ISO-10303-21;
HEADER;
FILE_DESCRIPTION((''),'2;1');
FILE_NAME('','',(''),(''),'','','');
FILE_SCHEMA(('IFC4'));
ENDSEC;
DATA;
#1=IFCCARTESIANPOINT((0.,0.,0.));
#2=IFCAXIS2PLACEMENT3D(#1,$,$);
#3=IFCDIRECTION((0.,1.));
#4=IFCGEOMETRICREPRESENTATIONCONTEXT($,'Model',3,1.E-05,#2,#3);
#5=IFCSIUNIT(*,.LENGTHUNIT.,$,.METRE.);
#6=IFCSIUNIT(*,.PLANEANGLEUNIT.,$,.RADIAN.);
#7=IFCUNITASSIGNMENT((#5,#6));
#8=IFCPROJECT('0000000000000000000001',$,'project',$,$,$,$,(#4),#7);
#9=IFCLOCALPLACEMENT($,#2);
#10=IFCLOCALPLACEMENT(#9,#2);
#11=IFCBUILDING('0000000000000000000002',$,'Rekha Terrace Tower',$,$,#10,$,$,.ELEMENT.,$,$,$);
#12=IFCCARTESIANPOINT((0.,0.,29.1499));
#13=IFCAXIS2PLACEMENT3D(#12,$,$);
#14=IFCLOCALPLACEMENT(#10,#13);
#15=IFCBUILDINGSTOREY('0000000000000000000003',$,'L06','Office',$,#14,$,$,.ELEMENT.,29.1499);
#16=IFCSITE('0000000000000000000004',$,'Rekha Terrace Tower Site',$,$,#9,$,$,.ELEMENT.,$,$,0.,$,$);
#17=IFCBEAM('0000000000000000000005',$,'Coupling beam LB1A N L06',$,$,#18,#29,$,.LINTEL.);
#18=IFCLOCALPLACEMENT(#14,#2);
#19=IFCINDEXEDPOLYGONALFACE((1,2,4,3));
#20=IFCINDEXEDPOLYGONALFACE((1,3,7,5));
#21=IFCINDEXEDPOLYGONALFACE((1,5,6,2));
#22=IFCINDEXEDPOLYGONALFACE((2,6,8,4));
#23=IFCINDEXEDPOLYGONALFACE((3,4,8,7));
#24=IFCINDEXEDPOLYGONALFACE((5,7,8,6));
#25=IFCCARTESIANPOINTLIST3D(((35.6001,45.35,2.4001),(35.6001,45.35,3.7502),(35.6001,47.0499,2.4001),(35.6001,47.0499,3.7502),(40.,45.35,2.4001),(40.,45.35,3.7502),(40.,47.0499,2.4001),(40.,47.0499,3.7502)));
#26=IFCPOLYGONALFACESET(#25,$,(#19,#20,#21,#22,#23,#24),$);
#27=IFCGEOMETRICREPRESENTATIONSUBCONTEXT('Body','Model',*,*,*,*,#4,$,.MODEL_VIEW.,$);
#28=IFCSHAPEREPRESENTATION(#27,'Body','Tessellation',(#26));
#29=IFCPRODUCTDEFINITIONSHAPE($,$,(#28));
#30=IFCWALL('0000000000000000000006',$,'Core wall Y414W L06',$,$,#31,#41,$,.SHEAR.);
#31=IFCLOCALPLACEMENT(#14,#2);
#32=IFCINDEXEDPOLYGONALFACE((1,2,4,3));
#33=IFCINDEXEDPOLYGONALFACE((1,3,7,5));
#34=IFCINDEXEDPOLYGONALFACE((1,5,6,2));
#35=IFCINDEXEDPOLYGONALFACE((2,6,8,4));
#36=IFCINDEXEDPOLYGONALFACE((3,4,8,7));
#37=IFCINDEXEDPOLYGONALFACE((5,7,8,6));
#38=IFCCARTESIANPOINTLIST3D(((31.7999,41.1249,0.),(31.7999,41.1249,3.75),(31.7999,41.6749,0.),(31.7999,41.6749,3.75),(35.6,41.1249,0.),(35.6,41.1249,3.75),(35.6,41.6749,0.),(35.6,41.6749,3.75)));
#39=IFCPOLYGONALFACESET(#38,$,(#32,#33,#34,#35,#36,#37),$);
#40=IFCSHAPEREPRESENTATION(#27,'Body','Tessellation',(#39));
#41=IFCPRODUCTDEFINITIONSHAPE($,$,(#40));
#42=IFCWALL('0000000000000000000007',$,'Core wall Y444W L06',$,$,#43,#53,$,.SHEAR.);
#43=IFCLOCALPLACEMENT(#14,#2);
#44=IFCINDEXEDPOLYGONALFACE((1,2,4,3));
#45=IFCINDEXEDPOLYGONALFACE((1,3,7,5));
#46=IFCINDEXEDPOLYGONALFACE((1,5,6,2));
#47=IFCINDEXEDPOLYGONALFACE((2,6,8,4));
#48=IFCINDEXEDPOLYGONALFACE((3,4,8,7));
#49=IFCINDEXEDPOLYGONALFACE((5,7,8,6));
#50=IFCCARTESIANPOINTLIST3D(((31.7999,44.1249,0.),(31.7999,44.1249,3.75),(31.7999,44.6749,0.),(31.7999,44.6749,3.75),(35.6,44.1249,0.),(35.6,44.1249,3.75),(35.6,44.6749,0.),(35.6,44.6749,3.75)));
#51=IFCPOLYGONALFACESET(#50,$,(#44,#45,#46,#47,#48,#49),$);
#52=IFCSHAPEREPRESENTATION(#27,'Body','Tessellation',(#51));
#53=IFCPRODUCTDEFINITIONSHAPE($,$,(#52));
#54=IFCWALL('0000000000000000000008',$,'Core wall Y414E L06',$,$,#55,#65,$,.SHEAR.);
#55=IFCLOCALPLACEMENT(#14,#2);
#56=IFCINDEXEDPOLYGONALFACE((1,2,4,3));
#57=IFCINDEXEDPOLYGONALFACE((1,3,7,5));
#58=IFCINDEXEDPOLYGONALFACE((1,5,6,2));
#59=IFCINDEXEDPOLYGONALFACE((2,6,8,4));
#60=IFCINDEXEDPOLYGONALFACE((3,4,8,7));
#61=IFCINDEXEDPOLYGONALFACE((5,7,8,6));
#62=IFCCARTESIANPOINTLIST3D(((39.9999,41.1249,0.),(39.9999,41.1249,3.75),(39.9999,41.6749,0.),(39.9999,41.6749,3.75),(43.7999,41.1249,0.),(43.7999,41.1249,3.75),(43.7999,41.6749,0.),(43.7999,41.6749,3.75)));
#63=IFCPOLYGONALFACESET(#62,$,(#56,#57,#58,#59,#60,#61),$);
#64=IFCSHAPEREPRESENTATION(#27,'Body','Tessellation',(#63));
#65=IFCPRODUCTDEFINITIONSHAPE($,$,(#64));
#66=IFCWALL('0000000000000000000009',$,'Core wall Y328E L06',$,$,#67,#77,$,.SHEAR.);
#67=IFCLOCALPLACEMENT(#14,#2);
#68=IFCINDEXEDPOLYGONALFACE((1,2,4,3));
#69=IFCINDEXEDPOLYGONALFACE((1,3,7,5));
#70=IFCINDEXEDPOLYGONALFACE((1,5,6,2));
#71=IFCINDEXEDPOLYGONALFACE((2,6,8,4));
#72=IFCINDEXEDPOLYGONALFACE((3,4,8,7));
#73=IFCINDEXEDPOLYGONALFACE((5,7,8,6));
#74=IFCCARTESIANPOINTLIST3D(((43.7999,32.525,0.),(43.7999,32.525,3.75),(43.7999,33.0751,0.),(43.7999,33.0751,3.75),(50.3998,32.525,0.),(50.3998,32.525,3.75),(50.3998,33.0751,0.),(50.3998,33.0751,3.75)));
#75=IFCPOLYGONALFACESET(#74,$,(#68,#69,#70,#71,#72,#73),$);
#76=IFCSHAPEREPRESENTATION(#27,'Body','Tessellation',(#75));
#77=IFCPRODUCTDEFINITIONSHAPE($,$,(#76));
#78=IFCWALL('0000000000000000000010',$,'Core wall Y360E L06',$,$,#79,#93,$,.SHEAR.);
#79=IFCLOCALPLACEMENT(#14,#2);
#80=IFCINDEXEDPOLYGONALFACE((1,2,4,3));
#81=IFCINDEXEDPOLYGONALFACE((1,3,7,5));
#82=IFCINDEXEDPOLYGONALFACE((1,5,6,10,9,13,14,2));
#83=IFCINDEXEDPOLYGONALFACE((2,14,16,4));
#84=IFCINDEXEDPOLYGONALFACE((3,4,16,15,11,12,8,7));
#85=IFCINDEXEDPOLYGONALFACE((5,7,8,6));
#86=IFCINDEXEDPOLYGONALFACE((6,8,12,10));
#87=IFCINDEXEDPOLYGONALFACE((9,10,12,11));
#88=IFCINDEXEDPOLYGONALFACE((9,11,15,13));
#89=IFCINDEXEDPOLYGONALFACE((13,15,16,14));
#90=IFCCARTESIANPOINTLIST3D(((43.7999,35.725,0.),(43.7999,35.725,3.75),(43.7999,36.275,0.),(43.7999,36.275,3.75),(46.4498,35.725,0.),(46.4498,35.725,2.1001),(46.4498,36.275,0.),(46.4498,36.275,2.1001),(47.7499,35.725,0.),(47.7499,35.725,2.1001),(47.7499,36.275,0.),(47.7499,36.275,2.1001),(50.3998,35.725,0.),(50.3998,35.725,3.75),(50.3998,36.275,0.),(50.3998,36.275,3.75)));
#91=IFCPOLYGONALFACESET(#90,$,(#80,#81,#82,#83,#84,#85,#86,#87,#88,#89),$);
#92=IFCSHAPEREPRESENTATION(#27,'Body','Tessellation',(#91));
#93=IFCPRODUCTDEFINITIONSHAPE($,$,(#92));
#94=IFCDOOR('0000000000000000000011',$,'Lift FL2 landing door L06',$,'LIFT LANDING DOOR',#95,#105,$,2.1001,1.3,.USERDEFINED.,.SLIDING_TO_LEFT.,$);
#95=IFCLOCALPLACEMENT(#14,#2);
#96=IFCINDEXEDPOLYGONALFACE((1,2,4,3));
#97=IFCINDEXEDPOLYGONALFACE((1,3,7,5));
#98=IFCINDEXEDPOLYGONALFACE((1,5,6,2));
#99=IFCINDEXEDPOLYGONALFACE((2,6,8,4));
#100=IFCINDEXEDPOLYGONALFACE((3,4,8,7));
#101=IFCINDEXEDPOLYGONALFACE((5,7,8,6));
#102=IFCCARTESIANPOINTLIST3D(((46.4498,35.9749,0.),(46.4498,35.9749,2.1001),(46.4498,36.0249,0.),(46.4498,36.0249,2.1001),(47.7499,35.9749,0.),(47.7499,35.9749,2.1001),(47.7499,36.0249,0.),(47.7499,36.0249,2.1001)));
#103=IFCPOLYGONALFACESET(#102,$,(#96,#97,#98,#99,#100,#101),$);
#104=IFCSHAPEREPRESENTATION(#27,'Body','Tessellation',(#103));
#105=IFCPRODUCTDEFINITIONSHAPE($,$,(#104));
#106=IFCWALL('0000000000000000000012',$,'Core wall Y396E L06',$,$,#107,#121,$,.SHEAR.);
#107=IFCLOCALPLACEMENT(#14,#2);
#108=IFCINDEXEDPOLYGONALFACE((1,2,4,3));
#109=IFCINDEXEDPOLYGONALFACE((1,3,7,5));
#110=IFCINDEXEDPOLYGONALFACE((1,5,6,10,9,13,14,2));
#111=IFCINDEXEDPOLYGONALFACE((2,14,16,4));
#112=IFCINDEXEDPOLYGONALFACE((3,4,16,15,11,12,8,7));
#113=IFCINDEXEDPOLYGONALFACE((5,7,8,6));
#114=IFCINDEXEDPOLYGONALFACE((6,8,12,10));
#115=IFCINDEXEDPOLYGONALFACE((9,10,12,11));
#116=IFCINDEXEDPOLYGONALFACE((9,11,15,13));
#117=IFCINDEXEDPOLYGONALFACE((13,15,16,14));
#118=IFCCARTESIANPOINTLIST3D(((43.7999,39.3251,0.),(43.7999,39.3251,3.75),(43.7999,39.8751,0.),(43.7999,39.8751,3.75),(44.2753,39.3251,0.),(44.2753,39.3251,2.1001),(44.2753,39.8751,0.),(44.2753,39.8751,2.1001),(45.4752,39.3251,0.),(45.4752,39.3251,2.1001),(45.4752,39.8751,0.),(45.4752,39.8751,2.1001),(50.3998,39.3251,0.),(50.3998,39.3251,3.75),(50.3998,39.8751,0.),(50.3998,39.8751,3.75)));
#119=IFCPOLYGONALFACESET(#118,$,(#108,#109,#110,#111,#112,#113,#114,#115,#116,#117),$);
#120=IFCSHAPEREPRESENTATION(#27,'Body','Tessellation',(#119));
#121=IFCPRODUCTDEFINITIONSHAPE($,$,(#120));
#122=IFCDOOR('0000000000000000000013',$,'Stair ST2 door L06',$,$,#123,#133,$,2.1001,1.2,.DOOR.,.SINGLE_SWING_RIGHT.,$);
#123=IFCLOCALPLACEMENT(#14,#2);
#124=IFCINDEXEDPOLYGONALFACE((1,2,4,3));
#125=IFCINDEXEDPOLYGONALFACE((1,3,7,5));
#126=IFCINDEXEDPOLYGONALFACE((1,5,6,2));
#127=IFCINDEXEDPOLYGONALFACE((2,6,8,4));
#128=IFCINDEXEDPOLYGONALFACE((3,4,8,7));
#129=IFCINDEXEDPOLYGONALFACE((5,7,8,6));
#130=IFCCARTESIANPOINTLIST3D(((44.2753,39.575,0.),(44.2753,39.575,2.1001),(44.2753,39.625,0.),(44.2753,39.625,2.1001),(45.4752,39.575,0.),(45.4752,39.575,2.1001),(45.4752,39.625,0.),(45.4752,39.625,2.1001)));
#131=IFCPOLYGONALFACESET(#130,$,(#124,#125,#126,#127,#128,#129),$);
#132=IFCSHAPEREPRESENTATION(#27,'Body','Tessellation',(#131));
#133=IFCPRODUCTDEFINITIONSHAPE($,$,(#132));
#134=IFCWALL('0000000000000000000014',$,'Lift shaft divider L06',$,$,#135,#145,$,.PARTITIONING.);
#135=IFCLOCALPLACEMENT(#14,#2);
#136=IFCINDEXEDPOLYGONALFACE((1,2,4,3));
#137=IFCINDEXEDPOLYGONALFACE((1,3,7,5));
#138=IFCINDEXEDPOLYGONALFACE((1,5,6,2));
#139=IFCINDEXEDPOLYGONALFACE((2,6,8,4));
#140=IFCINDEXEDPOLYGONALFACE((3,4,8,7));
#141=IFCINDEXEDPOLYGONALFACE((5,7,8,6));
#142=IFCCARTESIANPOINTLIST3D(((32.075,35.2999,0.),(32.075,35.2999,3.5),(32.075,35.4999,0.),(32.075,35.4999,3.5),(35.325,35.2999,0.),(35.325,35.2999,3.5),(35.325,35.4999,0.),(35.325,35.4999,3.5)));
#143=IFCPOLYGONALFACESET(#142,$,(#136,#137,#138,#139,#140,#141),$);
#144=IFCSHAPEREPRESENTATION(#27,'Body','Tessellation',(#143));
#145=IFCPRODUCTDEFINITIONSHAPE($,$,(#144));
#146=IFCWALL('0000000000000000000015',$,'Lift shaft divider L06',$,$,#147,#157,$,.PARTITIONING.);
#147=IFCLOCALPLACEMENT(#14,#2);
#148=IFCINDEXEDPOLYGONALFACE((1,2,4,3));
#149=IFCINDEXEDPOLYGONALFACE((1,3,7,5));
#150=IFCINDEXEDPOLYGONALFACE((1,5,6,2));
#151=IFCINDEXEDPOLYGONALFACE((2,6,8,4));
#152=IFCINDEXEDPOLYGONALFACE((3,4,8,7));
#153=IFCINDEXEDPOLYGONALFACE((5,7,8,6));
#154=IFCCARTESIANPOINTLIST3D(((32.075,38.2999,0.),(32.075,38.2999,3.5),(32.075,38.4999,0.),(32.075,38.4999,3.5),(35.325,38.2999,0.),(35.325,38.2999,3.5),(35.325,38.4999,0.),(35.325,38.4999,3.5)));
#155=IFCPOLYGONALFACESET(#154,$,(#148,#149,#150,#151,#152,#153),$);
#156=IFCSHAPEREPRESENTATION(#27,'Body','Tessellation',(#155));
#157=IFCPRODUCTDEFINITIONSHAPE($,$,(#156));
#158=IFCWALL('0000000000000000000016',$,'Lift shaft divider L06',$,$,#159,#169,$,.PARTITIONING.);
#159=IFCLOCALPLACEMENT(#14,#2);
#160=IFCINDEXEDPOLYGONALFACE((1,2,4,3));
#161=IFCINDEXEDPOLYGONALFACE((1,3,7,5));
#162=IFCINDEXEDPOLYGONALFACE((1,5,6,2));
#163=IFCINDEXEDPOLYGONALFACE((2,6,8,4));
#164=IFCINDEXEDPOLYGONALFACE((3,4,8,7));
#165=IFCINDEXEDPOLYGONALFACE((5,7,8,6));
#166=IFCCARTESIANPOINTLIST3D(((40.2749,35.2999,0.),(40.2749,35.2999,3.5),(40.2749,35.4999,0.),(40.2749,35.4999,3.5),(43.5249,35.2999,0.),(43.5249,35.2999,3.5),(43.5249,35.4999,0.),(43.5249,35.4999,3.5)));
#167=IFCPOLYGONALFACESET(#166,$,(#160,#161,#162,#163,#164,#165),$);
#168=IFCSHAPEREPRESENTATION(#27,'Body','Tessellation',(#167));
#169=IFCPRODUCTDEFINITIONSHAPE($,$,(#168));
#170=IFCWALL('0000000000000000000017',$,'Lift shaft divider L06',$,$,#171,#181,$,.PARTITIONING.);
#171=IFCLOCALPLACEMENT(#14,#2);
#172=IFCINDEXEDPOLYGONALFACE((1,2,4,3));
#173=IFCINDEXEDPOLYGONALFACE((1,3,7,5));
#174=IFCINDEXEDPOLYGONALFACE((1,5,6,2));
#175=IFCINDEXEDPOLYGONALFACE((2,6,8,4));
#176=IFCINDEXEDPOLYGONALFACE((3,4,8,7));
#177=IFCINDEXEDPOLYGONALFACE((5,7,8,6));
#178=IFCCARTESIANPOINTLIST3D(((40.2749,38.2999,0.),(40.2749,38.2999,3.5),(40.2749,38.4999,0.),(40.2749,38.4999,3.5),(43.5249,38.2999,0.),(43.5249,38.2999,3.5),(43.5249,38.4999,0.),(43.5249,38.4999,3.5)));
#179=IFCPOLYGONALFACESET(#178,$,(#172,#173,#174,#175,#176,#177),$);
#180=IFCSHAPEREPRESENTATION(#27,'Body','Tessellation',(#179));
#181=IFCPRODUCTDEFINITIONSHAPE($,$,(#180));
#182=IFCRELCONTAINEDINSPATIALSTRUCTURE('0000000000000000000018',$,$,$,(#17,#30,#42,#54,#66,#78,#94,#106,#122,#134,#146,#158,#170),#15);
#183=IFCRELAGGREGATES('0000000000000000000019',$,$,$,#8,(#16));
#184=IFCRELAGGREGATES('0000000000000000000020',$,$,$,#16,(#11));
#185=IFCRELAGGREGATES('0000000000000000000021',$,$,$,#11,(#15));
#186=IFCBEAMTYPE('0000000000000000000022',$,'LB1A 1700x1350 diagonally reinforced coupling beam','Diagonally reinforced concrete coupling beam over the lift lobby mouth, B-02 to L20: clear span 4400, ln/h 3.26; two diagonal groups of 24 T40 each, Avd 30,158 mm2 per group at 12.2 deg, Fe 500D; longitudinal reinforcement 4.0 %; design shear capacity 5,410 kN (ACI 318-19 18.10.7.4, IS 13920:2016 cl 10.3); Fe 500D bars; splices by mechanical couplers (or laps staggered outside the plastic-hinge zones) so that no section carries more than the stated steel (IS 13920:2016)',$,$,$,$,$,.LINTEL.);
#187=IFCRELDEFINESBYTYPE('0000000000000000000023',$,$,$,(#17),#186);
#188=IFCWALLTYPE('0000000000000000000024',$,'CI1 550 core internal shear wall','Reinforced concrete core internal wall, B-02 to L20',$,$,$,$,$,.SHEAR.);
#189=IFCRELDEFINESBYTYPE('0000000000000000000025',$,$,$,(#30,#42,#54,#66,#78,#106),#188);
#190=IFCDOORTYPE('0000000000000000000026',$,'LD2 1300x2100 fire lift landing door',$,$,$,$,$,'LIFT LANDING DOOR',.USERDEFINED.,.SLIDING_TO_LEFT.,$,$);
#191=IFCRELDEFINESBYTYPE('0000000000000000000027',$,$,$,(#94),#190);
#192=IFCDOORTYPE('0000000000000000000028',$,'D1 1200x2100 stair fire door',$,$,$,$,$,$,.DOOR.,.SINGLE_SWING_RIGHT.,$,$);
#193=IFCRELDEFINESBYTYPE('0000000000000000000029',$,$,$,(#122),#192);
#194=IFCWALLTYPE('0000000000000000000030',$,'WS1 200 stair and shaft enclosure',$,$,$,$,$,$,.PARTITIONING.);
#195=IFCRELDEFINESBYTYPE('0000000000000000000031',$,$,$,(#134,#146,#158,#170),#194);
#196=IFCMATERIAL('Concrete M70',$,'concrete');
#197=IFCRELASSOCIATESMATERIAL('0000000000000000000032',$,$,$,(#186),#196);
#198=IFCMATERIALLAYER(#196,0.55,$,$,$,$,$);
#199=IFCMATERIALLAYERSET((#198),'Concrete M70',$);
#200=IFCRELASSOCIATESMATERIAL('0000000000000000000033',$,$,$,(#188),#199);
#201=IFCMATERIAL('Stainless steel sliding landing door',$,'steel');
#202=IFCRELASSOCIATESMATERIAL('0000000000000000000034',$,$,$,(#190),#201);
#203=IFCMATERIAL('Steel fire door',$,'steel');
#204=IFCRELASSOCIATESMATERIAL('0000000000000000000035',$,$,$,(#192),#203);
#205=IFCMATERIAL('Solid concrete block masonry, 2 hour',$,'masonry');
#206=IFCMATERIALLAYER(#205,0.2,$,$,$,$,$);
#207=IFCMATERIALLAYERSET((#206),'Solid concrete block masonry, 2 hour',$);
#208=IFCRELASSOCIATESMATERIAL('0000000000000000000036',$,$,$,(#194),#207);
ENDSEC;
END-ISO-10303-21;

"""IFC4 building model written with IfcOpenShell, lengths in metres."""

from ifc_helpers import new_model, si_unit, direction, frame, frame_2d, origin, origin_2d, place, context, subcontext, project, spatial, rectangle, extrude, material, layer, layer_set, material_profile, profile_set, type_object, element, fill, save


model = new_model("IFC4")

# Units and contexts
model_context = context("Model", 3, precision=1e-05, world=origin(), true_north=direction((0.0, 1.0)))
body_context = subcontext(model_context, "Body", "Model", "MODEL_VIEW")
ifc_project = project(units=[si_unit("LENGTHUNIT", "METRE"), si_unit("PLANEANGLEUNIT", "RADIAN")], contexts=[model_context])

# Site, building, storey
site_placement = place(None, origin())
site = spatial("IfcSite", under=ifc_project, at=site_placement, Name="Rekha Terrace Tower Site", CompositionType="ELEMENT", RefElevation=0.0)
building_placement = place(site_placement, origin())
building = spatial("IfcBuilding", under=site, at=building_placement, Name="Rekha Terrace Tower", CompositionType="ELEMENT")
storey_placement = place(building_placement, frame((0.0, 0.0, 29.1499)))
storey = spatial("IfcBuildingStorey", under=building, at=storey_placement, Name="L06", Description="Office", CompositionType="ELEMENT", Elevation=29.1499)

# Beam
ifc_material_1 = material(Name="Concrete M70", Category="concrete")
ifc_material_profile = material_profile(ifc_material_1, rectangle(XDim=1.7, YDim=1.3501, at=origin_2d()), Name="RC 1700x1350")
ifc_profile_set = profile_set([ifc_material_profile], Name="Concrete M70")
beam_type = type_object("IfcBeamType", Name="LB1A 1700x1350 diagonally reinforced coupling beam", Description="Diagonally reinforced concrete coupling beam over the lift lobby mouth, B-02 to L20: clear span 4400, ln/h 3.26; two diagonal groups of 24 T40 each, Avd 30,158 mm2 per group at 12.2 deg, Fe 500D; longitudinal reinforcement 4.0 %; design shear capacity 5,410 kN (ACI 318-19 18.10.7.4, IS 13920:2016 cl 10.3); Fe 500D bars; splices by mechanical couplers (or laps staggered outside the plastic-hinge zones) so that no section carries more than the stated steel (IS 13920:2016)", PredefinedType="LINTEL", material=ifc_profile_set)
beam_placement = place(storey_placement, frame((35.6001, 46.2, 3.0752), z_axis=(1.0, 0.0, 0.0), x_axis=(0.0, 1.0, 0.0)))
element("IfcBeam", 1, at=beam_placement, inside=storey, type_object=beam_type, Name="Coupling beam LB1A N L06", PredefinedType="LINTEL", context=body_context, shape_type="SweptSolid", body=[
    extrude(rectangle(XDim=1.7, YDim=1.3501, at=origin_2d()), origin(), (0.0, 0.0, 1.0), 4.3999),
])

# Walls
ifc_layer_1 = layer(ifc_material_1, 0.55)
ifc_layer_set_1 = layer_set([ifc_layer_1], Name="Concrete M70")
wall_type_1 = type_object("IfcWallType", Name="CI1 550 core internal shear wall", Description="Reinforced concrete core internal wall, B-02 to L20", PredefinedType="SHEAR", material=ifc_layer_set_1)
for number, where, z_axis, x_axis, name in (
    (2, (31.8, 41.3999, 0.0), (0.0, 0.0, 1.0), (1.0, 0.0, 0.0), "Core wall Y414W L06"),
    (3, (31.8, 44.3999, 0.0), (0.0, 0.0, 1.0), (1.0, 0.0, 0.0), "Core wall Y444W L06"),
    (4, (40.0, 41.3999, 0.0), (0.0, 0.0, 1.0), (1.0, 0.0, 0.0), "Core wall Y414E L06"),
):
    element("IfcWall", number, at=place(storey_placement, frame(where, z_axis=z_axis, x_axis=x_axis)), inside=storey, type_object=wall_type_1, Name=name, PredefinedType="SHEAR", context=body_context, shape_type="SweptSolid", body=[
        extrude(rectangle(XDim=3.8, YDim=0.55, at=frame_2d((1.8999, 0.0))), origin(), (0.0, 0.0, 1.0), 3.75),
    ])
wall_1_placement = place(storey_placement, frame((43.8, 32.8, 0.0), z_axis=(0.0, 0.0, 1.0), x_axis=(1.0, 0.0, 0.0)))
element("IfcWall", 5, at=wall_1_placement, inside=storey, type_object=wall_type_1, Name="Core wall Y328E L06", PredefinedType="SHEAR", context=body_context, shape_type="SweptSolid", body=[
    extrude(rectangle(XDim=6.5999, YDim=0.55, at=frame_2d((3.2998, 0.0))), origin(), (0.0, 0.0, 1.0), 3.75),
])

# Walls, openings, doors
wall_2_placement = place(storey_placement, frame((43.8, 36.0, 0.0), z_axis=(0.0, 0.0, 1.0), x_axis=(1.0, 0.0, 0.0)))
wall_2 = element("IfcWall", 6, at=wall_2_placement, inside=storey, type_object=wall_type_1, Name="Core wall Y360E L06", PredefinedType="SHEAR", context=body_context, shape_type="SweptSolid", body=[
    extrude(rectangle(XDim=6.5999, YDim=0.55, at=frame_2d((3.2998, 0.0))), origin(), (0.0, 0.0, 1.0), 3.75),
])
opening_1_placement = place(wall_2_placement, frame((2.6499, 0.0, 0.0)))
opening_1 = element("IfcOpeningElement", 7, at=opening_1_placement, cuts=wall_2, PredefinedType="OPENING", context=body_context, shape_type="SweptSolid", body=[
    extrude(rectangle(XDim=1.3, YDim=2.1001, at=frame_2d((0.6499, 1.05))), frame((0.0, 0.2849, 0.0), z_axis=(0.0, -1.0, 0.0), x_axis=(1.0, 0.0, 0.0)), (0.0, 0.0, 1.0), 0.5701),
])
ifc_material_2 = material(Name="Stainless steel sliding landing door", Category="steel")
door_type_1 = type_object("IfcDoorType", Name="LD2 1300x2100 fire lift landing door", ElementType="LIFT LANDING DOOR", OperationType="SLIDING_TO_LEFT", PredefinedType="USERDEFINED", material=ifc_material_2)
door_1_placement = place(opening_1_placement, origin())
door_1 = element("IfcDoor", 8, at=door_1_placement, inside=storey, type_object=door_type_1, Name="Lift FL2 landing door L06", ObjectType="LIFT LANDING DOOR", OperationType="SLIDING_TO_LEFT", OverallHeight=2.1001, OverallWidth=1.3, PredefinedType="USERDEFINED", context=body_context, shape_type="SweptSolid", body=[
    extrude(rectangle(XDim=1.3, YDim=2.1001, at=frame_2d((0.6499, 1.05))), frame((0.0, 0.0249, 0.0), z_axis=(0.0, -1.0, 0.0), x_axis=(1.0, 0.0, 0.0)), (0.0, 0.0, 1.0), 0.05),
])
fill(opening_1, door_1)
wall_3_placement = place(storey_placement, frame((43.8, 39.6001, 0.0), z_axis=(0.0, 0.0, 1.0), x_axis=(1.0, 0.0, 0.0)))
wall_3 = element("IfcWall", 9, at=wall_3_placement, inside=storey, type_object=wall_type_1, Name="Core wall Y396E L06", PredefinedType="SHEAR", context=body_context, shape_type="SweptSolid", body=[
    extrude(rectangle(XDim=6.5999, YDim=0.55, at=frame_2d((3.2998, 0.0))), origin(), (0.0, 0.0, 1.0), 3.75),
])
opening_2_placement = place(wall_3_placement, frame((0.4751, 0.0, 0.0)))
opening_2 = element("IfcOpeningElement", 10, at=opening_2_placement, cuts=wall_3, PredefinedType="OPENING", context=body_context, shape_type="SweptSolid", body=[
    extrude(rectangle(XDim=1.2, YDim=2.1001, at=frame_2d((0.6001, 1.05))), frame((0.0, 0.2849, 0.0), z_axis=(0.0, -1.0, 0.0), x_axis=(1.0, 0.0, 0.0)), (0.0, 0.0, 1.0), 0.5701),
])
ifc_material_3 = material(Name="Steel fire door", Category="steel")
door_type_2 = type_object("IfcDoorType", Name="D1 1200x2100 stair fire door", OperationType="SINGLE_SWING_RIGHT", PredefinedType="DOOR", material=ifc_material_3)
door_2_placement = place(opening_2_placement, origin())
door_2 = element("IfcDoor", 11, at=door_2_placement, inside=storey, type_object=door_type_2, Name="Stair ST2 door L06", OperationType="SINGLE_SWING_RIGHT", OverallHeight=2.1001, OverallWidth=1.2, PredefinedType="DOOR", context=body_context, shape_type="SweptSolid", body=[
    extrude(rectangle(XDim=1.2, YDim=2.1001, at=frame_2d((0.6001, 1.05))), frame((0.0, 0.0249, 0.0), z_axis=(0.0, -1.0, 0.0), x_axis=(1.0, 0.0, 0.0)), (0.0, 0.0, 1.0), 0.05),
])
fill(opening_2, door_2)

# Walls
ifc_material_4 = material(Name="Solid concrete block masonry, 2 hour", Category="masonry")
ifc_layer_2 = layer(ifc_material_4, 0.2)
ifc_layer_set_2 = layer_set([ifc_layer_2], Name="Solid concrete block masonry, 2 hour")
wall_type_2 = type_object("IfcWallType", Name="WS1 200 stair and shaft enclosure", PredefinedType="PARTITIONING", material=ifc_layer_set_2)
for number, where, z_axis, x_axis, name in (
    (12, (32.075, 35.3999, 0.0), (0.0, 0.0, 1.0), (1.0, 0.0, 0.0), "Lift shaft divider L06"),
    (13, (32.075, 38.3999, 0.0), (0.0, 0.0, 1.0), (1.0, 0.0, 0.0), "Lift shaft divider L06"),
    (14, (40.2749, 35.3999, 0.0), (0.0, 0.0, 1.0), (1.0, 0.0, 0.0), "Lift shaft divider L06"),
    (15, (40.2749, 38.3999, 0.0), (0.0, 0.0, 1.0), (1.0, 0.0, 0.0), "Lift shaft divider L06"),
):
    element("IfcWall", number, at=place(storey_placement, frame(where, z_axis=z_axis, x_axis=x_axis)), inside=storey, type_object=wall_type_2, Name=name, PredefinedType="PARTITIONING", context=body_context, shape_type="SweptSolid", body=[
        extrude(rectangle(XDim=3.25, YDim=0.2, at=frame_2d((1.625, 0.0))), origin(), (0.0, 0.0, 1.0), 3.5),
    ])

save(model, "model.ifc")
